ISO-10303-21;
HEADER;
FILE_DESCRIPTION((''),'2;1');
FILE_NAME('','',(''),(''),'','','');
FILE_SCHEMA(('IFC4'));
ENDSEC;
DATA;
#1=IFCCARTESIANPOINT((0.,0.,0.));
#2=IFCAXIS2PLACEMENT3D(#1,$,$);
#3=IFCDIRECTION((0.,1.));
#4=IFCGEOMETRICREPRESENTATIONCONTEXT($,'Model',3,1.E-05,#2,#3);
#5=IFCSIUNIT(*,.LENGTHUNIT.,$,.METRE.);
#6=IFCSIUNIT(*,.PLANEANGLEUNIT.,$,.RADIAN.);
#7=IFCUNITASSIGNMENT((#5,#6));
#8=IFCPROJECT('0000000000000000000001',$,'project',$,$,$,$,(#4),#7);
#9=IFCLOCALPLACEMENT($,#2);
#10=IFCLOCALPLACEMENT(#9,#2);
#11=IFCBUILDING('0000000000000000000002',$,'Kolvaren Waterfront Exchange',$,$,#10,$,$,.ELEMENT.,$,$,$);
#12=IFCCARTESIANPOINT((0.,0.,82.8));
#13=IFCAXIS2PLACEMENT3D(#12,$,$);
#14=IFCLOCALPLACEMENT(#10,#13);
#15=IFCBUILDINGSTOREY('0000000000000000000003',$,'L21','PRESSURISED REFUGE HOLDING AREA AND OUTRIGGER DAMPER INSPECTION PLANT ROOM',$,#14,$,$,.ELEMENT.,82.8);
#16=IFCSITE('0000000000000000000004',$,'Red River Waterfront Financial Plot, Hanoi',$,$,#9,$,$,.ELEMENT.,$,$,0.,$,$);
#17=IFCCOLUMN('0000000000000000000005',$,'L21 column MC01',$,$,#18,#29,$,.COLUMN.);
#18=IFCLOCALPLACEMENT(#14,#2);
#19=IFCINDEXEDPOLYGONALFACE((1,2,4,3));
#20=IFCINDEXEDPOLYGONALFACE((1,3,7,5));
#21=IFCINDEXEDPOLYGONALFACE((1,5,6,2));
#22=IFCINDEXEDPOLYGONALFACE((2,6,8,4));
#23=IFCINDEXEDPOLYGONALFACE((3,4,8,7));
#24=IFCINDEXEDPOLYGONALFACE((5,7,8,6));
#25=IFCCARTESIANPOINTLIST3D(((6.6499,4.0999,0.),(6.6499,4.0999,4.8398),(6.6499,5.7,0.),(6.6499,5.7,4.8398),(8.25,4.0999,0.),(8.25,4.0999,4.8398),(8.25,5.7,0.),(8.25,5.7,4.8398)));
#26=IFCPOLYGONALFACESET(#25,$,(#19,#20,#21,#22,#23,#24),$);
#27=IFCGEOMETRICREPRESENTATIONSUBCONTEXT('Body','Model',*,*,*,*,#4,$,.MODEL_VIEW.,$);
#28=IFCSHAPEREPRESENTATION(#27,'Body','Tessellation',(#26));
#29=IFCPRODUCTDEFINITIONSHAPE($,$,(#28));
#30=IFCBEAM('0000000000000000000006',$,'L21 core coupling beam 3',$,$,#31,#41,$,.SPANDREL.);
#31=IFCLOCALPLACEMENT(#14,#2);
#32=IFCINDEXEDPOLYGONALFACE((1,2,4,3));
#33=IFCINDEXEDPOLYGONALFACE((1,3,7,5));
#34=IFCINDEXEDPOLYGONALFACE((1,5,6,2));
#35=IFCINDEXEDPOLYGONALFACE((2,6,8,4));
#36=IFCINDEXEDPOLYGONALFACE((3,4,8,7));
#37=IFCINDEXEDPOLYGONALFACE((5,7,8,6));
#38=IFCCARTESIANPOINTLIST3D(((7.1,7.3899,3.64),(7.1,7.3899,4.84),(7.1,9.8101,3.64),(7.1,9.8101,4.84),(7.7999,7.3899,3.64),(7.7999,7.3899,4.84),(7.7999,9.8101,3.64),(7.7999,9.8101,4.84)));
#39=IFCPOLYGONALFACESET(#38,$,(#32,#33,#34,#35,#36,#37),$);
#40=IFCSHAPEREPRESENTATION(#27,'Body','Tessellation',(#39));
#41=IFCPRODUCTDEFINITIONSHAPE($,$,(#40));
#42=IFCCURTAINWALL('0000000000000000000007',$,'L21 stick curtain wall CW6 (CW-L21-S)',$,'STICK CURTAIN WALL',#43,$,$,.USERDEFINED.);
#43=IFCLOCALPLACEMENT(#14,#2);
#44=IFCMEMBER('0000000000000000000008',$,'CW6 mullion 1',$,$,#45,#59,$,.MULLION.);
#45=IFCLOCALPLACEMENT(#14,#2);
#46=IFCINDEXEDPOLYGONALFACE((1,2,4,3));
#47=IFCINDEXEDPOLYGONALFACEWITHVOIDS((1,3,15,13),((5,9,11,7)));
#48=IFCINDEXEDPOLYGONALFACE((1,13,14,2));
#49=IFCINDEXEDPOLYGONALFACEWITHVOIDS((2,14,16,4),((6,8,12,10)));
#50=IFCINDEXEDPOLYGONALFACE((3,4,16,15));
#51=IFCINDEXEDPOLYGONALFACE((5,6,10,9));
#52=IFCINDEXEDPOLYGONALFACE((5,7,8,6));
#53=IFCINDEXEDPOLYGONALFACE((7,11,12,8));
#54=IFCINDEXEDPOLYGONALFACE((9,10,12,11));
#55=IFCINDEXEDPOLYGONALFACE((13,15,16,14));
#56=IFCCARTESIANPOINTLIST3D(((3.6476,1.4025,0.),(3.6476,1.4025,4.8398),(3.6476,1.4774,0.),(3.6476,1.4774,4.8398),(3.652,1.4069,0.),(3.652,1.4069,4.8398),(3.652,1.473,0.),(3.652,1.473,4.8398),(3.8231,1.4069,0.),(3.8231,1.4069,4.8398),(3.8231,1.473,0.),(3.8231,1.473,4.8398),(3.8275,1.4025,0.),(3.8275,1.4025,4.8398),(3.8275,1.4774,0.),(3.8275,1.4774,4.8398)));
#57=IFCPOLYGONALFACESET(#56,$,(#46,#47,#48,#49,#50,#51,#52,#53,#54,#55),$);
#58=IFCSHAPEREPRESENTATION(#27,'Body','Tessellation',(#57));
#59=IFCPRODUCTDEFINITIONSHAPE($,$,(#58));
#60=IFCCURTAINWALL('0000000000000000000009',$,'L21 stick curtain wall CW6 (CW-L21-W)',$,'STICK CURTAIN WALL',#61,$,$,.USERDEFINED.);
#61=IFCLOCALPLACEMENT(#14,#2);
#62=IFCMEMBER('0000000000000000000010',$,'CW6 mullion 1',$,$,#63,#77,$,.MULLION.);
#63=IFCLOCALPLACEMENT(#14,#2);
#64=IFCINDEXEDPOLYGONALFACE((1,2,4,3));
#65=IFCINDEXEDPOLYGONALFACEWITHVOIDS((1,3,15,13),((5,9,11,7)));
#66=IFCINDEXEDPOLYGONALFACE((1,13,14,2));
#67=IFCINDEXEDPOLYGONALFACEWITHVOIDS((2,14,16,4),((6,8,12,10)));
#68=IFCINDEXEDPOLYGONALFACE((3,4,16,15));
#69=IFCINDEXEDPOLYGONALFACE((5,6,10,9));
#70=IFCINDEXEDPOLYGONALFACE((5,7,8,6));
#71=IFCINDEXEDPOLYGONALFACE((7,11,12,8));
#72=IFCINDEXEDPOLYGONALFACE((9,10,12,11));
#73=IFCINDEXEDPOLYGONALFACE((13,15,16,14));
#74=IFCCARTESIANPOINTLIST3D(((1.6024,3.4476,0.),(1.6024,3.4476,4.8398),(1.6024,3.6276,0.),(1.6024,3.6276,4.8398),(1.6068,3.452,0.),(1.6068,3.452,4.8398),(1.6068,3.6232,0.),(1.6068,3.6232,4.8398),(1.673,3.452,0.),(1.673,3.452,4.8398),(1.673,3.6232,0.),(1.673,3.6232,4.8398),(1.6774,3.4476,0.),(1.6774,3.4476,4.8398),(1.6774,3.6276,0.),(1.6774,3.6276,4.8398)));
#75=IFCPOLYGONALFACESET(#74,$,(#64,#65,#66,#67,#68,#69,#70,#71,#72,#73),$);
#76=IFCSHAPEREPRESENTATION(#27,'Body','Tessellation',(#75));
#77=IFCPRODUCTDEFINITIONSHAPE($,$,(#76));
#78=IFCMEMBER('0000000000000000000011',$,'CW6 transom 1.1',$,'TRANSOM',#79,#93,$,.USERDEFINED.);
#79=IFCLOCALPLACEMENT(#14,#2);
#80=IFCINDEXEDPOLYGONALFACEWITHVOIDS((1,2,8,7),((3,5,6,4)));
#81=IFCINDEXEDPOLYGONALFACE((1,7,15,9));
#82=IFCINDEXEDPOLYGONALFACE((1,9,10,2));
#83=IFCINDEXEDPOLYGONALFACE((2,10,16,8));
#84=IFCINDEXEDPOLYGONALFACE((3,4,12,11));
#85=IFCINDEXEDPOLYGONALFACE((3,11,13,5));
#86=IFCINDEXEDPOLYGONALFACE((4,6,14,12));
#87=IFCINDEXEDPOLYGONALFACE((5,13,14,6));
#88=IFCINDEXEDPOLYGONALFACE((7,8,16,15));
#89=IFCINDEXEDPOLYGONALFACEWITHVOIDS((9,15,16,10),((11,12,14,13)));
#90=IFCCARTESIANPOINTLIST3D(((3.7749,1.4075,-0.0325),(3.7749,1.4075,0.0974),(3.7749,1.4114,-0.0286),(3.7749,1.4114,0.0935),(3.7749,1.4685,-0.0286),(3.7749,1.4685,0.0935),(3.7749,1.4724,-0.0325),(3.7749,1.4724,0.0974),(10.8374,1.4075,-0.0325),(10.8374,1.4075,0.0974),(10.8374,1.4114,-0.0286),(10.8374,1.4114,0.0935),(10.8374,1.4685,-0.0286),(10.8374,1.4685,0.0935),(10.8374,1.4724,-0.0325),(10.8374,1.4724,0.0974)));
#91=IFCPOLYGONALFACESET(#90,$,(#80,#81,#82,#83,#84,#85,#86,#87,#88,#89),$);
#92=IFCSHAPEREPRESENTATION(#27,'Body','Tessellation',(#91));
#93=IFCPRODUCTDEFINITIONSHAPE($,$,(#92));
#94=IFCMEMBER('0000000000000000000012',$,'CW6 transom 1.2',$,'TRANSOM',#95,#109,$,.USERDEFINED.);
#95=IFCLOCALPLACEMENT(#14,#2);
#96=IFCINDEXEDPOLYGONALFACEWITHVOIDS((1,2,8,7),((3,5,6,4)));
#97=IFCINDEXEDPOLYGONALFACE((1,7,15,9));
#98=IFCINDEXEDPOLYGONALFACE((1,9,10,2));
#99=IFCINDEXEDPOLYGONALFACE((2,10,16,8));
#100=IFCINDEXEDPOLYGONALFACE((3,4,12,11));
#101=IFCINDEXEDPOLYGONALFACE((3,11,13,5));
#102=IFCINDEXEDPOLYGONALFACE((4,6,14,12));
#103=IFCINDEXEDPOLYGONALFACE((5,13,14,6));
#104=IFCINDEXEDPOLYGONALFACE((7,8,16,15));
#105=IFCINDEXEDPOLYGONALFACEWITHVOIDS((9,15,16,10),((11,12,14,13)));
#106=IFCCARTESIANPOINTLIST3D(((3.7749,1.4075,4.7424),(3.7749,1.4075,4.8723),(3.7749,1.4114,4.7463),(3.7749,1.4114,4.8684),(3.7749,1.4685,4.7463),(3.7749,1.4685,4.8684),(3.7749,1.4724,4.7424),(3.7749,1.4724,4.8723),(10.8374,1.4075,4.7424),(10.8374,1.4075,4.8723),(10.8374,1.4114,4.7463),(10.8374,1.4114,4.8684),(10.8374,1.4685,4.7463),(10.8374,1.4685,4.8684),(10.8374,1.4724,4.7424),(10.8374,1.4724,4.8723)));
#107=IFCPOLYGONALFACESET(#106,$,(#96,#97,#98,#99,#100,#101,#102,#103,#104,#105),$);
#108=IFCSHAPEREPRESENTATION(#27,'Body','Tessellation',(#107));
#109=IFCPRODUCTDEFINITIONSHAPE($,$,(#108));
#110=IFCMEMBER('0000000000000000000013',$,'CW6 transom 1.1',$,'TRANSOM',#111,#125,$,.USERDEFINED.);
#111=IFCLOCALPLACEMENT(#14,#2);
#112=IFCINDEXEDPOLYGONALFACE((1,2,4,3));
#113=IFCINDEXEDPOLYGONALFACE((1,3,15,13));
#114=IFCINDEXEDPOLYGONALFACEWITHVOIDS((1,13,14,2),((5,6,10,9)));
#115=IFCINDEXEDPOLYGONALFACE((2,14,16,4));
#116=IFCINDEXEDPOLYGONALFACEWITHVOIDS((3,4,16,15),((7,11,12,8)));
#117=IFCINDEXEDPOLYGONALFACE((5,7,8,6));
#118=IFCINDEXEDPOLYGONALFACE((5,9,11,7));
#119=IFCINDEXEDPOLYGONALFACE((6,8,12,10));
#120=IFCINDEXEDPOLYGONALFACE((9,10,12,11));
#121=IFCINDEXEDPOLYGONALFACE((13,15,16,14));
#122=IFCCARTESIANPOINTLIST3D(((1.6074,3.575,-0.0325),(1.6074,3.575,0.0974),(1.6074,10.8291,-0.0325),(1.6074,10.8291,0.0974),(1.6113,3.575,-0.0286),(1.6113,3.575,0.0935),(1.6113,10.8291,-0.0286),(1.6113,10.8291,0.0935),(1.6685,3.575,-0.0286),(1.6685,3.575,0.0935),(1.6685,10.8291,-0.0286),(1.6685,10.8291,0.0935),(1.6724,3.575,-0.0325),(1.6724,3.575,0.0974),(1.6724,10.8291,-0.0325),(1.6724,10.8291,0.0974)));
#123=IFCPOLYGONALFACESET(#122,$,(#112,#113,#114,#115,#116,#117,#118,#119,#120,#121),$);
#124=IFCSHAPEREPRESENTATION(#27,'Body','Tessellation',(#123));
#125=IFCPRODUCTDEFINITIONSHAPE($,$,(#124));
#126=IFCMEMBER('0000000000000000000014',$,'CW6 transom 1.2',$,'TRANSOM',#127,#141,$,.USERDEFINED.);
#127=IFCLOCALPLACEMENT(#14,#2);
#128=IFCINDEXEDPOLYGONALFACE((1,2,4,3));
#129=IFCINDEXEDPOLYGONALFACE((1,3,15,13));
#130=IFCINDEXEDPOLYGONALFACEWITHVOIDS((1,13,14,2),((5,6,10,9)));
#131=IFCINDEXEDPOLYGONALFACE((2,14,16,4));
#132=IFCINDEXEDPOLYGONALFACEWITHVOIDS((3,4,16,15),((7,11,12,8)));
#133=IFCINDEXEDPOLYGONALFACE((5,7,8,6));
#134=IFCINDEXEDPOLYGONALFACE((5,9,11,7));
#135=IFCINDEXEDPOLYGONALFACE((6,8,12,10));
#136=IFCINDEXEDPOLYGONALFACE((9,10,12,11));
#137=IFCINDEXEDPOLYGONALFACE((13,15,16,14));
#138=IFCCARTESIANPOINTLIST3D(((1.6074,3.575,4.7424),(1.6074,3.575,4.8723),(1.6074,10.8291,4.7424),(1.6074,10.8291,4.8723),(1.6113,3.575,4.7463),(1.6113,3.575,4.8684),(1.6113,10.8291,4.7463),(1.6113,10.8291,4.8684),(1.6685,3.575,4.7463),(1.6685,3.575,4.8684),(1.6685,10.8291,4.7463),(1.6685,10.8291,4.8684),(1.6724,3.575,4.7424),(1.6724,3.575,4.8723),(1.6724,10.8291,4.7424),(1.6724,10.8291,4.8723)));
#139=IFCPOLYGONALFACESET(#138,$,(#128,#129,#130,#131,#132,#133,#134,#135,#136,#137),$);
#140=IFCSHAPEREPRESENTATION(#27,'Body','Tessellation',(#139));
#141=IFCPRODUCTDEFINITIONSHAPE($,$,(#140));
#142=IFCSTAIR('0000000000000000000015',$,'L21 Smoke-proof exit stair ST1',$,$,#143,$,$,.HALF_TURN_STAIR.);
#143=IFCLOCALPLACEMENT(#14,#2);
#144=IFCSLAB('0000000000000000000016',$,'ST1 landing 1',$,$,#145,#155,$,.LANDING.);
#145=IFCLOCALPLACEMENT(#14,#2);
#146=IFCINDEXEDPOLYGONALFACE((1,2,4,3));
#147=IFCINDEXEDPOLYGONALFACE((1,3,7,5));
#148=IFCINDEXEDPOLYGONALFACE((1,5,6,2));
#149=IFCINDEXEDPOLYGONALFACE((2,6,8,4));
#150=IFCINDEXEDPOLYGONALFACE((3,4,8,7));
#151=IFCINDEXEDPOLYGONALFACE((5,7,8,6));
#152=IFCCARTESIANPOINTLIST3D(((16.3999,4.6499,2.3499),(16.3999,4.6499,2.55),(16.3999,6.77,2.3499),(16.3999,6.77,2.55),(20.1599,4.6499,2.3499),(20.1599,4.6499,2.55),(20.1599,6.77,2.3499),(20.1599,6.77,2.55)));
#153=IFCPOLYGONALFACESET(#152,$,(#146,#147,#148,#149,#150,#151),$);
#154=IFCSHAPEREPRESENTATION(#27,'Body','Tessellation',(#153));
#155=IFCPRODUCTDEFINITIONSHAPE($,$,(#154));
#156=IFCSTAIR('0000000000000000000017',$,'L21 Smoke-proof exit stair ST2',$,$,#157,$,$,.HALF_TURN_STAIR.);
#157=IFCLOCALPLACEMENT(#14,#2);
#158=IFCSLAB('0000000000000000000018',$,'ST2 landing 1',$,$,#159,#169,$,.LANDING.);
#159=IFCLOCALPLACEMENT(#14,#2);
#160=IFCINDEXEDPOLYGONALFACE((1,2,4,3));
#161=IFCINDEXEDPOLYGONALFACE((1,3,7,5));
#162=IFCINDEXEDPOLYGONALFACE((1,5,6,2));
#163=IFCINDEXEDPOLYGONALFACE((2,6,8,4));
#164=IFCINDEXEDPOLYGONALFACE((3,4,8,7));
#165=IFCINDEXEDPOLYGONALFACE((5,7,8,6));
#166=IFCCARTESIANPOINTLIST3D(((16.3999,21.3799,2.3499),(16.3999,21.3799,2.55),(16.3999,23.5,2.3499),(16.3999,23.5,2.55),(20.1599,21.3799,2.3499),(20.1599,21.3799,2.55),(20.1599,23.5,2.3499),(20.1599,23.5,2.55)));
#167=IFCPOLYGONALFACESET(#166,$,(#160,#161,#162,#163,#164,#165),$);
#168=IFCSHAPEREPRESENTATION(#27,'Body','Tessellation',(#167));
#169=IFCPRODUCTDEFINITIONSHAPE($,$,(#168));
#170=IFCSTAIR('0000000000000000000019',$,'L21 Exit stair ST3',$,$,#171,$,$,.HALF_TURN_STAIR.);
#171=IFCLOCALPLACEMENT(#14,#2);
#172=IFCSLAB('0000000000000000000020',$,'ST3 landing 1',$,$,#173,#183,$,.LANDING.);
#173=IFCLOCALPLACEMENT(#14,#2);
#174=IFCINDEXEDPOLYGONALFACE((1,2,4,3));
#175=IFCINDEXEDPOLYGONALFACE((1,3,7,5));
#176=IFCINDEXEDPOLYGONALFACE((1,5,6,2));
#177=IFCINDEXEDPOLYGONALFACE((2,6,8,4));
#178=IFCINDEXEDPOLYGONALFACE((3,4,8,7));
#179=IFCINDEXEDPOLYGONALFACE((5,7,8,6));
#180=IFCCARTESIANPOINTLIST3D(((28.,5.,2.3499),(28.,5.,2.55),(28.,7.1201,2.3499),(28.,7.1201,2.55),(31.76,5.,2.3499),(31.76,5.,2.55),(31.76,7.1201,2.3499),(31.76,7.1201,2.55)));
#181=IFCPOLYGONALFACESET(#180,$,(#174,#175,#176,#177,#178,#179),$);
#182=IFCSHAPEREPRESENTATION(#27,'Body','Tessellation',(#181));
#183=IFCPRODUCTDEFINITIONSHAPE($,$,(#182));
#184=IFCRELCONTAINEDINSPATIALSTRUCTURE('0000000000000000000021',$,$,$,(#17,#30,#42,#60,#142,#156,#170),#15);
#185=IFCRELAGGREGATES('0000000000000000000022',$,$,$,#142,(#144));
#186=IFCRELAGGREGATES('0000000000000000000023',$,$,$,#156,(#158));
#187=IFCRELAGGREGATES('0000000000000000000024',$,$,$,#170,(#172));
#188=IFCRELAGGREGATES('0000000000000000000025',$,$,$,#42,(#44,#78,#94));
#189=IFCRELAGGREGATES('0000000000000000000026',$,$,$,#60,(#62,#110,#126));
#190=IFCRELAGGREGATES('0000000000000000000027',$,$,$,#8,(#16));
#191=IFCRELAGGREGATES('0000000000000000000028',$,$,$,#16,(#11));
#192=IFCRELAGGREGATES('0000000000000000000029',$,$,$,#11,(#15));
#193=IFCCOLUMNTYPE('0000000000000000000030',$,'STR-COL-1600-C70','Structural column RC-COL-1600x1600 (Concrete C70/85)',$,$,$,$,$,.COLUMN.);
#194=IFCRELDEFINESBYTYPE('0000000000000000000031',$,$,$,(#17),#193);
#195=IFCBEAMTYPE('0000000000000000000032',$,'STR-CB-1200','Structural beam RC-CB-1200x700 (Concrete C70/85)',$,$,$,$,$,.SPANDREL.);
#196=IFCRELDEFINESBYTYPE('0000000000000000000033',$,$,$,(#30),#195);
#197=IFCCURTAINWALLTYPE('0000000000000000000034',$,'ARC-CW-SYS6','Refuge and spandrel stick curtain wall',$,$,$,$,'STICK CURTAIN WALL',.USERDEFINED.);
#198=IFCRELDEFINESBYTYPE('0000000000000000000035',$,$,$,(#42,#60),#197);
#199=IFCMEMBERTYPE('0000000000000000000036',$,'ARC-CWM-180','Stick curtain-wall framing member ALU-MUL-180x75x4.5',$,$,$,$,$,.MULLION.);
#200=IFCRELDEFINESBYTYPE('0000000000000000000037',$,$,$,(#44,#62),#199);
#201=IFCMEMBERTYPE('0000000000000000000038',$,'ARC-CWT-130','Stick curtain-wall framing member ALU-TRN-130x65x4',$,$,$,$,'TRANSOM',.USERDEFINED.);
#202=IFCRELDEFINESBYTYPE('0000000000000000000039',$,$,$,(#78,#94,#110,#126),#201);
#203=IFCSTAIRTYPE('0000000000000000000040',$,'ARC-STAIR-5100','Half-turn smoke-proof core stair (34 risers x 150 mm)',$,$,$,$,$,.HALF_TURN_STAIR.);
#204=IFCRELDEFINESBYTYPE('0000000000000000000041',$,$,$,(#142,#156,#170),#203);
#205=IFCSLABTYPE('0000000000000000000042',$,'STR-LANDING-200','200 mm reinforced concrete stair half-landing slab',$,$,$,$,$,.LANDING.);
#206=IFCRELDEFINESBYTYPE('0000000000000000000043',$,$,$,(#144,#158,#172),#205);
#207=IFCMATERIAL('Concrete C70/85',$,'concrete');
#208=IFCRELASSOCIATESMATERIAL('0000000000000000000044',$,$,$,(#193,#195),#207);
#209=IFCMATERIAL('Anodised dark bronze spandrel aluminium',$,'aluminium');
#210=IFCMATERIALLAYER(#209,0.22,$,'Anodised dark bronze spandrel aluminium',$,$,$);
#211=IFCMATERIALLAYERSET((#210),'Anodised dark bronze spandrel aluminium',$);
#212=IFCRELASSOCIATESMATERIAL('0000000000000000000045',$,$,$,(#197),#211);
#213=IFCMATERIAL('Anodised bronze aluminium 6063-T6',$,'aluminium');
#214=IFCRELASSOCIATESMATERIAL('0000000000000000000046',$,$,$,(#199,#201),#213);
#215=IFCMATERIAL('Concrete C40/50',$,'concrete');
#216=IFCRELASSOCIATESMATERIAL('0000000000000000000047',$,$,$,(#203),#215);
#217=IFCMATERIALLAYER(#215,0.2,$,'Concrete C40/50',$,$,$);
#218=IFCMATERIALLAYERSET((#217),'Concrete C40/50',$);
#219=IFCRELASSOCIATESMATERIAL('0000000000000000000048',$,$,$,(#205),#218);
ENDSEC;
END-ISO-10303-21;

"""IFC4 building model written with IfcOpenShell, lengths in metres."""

from ifc_helpers import new_model, si_unit, direction, frame, origin, origin_with_axes, origin_2d, place, context, subcontext, project, spatial, polyline, rectangle, hollow_rectangle, outline, extrude, source, transform, mapped, material, layer, layer_set, material_profile, profile_set, type_object, element, aggregate, save


model = new_model("IFC4")

# Units and contexts
model_context = context("Model", 3, precision=1e-05, world=origin(), true_north=direction((0.0, 1.0)))
body_context = subcontext(model_context, "Body", "Model", "MODEL_VIEW")
ifc_project = project(units=[si_unit("LENGTHUNIT", "METRE"), si_unit("PLANEANGLEUNIT", "RADIAN")], contexts=[model_context])

# Site, building, storey
site_placement = place(None, origin())
site = spatial("IfcSite", under=ifc_project, at=site_placement, Name="Red River Waterfront Financial Plot, Hanoi", CompositionType="ELEMENT", RefElevation=0.0)
building_placement = place(site_placement, origin())
building = spatial("IfcBuilding", under=site, at=building_placement, Name="Kolvaren Waterfront Exchange", CompositionType="ELEMENT")
storey_placement = place(building_placement, frame((0.0, 0.0, 82.8)))
storey = spatial("IfcBuildingStorey", under=building, at=storey_placement, Name="L21", Description="PRESSURISED REFUGE HOLDING AREA AND OUTRIGGER DAMPER INSPECTION PLANT ROOM", CompositionType="ELEMENT", Elevation=82.8)

# Column
ifc_material_1 = material(Name="Concrete C70/85", Category="concrete")
ifc_material_profile_1 = material_profile(ifc_material_1, rectangle(XDim=1.6001, YDim=1.6001, at=origin_2d()), Name="RC-COL-1600x1600")
ifc_profile_set_1 = profile_set([ifc_material_profile_1], Name="Concrete C70/85")
column_type = type_object("IfcColumnType", Name="STR-COL-1600-C70", Description="Structural column RC-COL-1600x1600 (Concrete C70/85)", PredefinedType="COLUMN", material=ifc_profile_set_1)
column_placement = place(storey_placement, frame((7.45, 4.8999, 0.0), z_axis=(0.0, 0.0, 1.0), x_axis=(1.0, 0.0, 0.0)))
element("IfcColumn", 1, at=column_placement, inside=storey, type_object=column_type, Name="L21 column MC01", PredefinedType="COLUMN", context=body_context, shape_type="SweptSolid", body=[
    extrude(rectangle(XDim=1.6001, YDim=1.6001, at=origin_2d()), origin(), (0.0, 0.0, 1.0), 4.8398),
])

# Beam
ifc_material_profile_2 = material_profile(ifc_material_1, rectangle(XDim=0.7, YDim=1.2, at=origin_2d()), Name="RC-CB-1200x700")
ifc_profile_set_2 = profile_set([ifc_material_profile_2], Name="Concrete C70/85")
beam_type = type_object("IfcBeamType", Name="STR-CB-1200", Description="Structural beam RC-CB-1200x700 (Concrete C70/85)", PredefinedType="SPANDREL", material=ifc_profile_set_2)
beam_placement = place(storey_placement, frame((7.45, 7.3899, 4.24), z_axis=(0.0, 1.0, 0.0), x_axis=(-1.0, 0.0, 0.0)))
element("IfcBeam", 2, at=beam_placement, inside=storey, type_object=beam_type, Name="L21 core coupling beam 3", PredefinedType="SPANDREL", context=body_context, shape_type="SweptSolid", body=[
    extrude(rectangle(XDim=0.7, YDim=1.2, at=origin_2d()), origin(), (0.0, 0.0, 1.0), 2.4202),
])

# Curtain walls, members
ifc_material_2 = material(Name="Anodised dark bronze spandrel aluminium", Category="aluminium")
ifc_layer_1 = layer(ifc_material_2, 0.22, Name="Anodised dark bronze spandrel aluminium")
ifc_layer_set_1 = layer_set([ifc_layer_1], Name="Anodised dark bronze spandrel aluminium")
curtain_wall_type = type_object("IfcCurtainWallType", Name="ARC-CW-SYS6", Description="Refuge and spandrel stick curtain wall", ElementType="STICK CURTAIN WALL", PredefinedType="USERDEFINED", material=ifc_layer_set_1)
curtain_wall_1_placement = place(storey_placement, origin())
curtain_wall_1 = element("IfcCurtainWall", 3, at=curtain_wall_1_placement, inside=storey, type_object=curtain_wall_type, Name="L21 stick curtain wall CW6 (CW-L21-S)", ObjectType="STICK CURTAIN WALL", PredefinedType="USERDEFINED")
ifc_material_3 = material(Name="Anodised bronze aluminium 6063-T6", Category="aluminium")
ifc_material_profile_3 = material_profile(ifc_material_3, hollow_rectangle(XDim=0.075, YDim=0.1799, WallThickness=0.0044, at=origin_2d()), Name="ALU-MUL-180x75x4.5")
ifc_profile_set_3 = profile_set([ifc_material_profile_3], Name="Anodised bronze aluminium 6063-T6")
member_type_1 = type_object("IfcMemberType", Name="ARC-CWM-180", Description="Stick curtain-wall framing member ALU-MUL-180x75x4.5", PredefinedType="MULLION", material=ifc_profile_set_3)
shared_shape_1 = source(origin_with_axes(), body_context, "Body", "SweptSolid", [
    extrude(hollow_rectangle(XDim=0.075, YDim=0.1799, WallThickness=0.0044, at=origin_2d()), origin(), (0.0, 0.0, 1.0), 4.8398),
])
member_1_placement = place(storey_placement, frame((3.7375, 1.4399, 0.0), z_axis=(0.0, 0.0, 1.0), x_axis=(0.0, 1.0, 0.0)))
member_1 = element("IfcMember", 4, at=member_1_placement, type_object=member_type_1, Name="CW6 mullion 1", PredefinedType="MULLION", context=body_context, shape_type="MappedRepresentation", body=[
    mapped(shared_shape_1, transform((0.0, 0.0, 0.0), x_axis=(1.0, 0.0, 0.0), y_axis=(0.0, 1.0, 0.0), z_axis=(0.0, 0.0, 1.0), scale=1.0)),
])
curtain_wall_2_placement = place(storey_placement, origin())
curtain_wall_2 = element("IfcCurtainWall", 5, at=curtain_wall_2_placement, inside=storey, type_object=curtain_wall_type, Name="L21 stick curtain wall CW6 (CW-L21-W)", ObjectType="STICK CURTAIN WALL", PredefinedType="USERDEFINED")
member_2_placement = place(storey_placement, frame((1.6399, 3.5376, 0.0), z_axis=(0.0, 0.0, 1.0), x_axis=(-1.0, 0.0, 0.0)))
member_2 = element("IfcMember", 6, at=member_2_placement, type_object=member_type_1, Name="CW6 mullion 1", PredefinedType="MULLION", context=body_context, shape_type="MappedRepresentation", body=[
    mapped(shared_shape_1, transform((0.0, 0.0, 0.0), x_axis=(1.0, 0.0, 0.0), y_axis=(0.0, 1.0, 0.0), z_axis=(0.0, 0.0, 1.0), scale=1.0)),
])

# Members
ifc_material_profile_4 = material_profile(ifc_material_3, hollow_rectangle(XDim=0.0649, YDim=0.1299, WallThickness=0.0039, at=origin_2d()), Name="ALU-TRN-130x65x4")
ifc_profile_set_4 = profile_set([ifc_material_profile_4], Name="Anodised bronze aluminium 6063-T6")
member_type_2 = type_object("IfcMemberType", Name="ARC-CWT-130", Description="Stick curtain-wall framing member ALU-TRN-130x65x4", ElementType="TRANSOM", PredefinedType="USERDEFINED", material=ifc_profile_set_4)
shared_shape_2 = source(origin_with_axes(), body_context, "Body", "SweptSolid", [
    extrude(hollow_rectangle(XDim=0.0649, YDim=0.1299, WallThickness=0.0039, at=origin_2d()), origin(), (0.0, 0.0, 1.0), 7.0625),
])
member_3_placement = place(storey_placement, frame((3.7749, 1.4399, 0.0325), z_axis=(1.0, 0.0, 0.0), x_axis=(0.0, 1.0, 0.0)))
member_3 = element("IfcMember", 7, at=member_3_placement, type_object=member_type_2, Name="CW6 transom 1.1", ObjectType="TRANSOM", PredefinedType="USERDEFINED", context=body_context, shape_type="MappedRepresentation", body=[
    mapped(shared_shape_2, transform((0.0, 0.0, 0.0), x_axis=(1.0, 0.0, 0.0), y_axis=(0.0, 1.0, 0.0), z_axis=(0.0, 0.0, 1.0), scale=1.0)),
])
member_4_placement = place(storey_placement, frame((3.7749, 1.4399, 4.8074), z_axis=(1.0, 0.0, 0.0), x_axis=(0.0, 1.0, 0.0)))
member_4 = element("IfcMember", 8, at=member_4_placement, type_object=member_type_2, Name="CW6 transom 1.2", ObjectType="TRANSOM", PredefinedType="USERDEFINED", context=body_context, shape_type="MappedRepresentation", body=[
    mapped(shared_shape_2, transform((0.0, 0.0, 0.0), x_axis=(1.0, 0.0, 0.0), y_axis=(0.0, 1.0, 0.0), z_axis=(0.0, 0.0, 1.0), scale=1.0)),
])
shared_shape_3 = source(origin_with_axes(), body_context, "Body", "SweptSolid", [
    extrude(hollow_rectangle(XDim=0.0649, YDim=0.1299, WallThickness=0.0039, at=origin_2d()), origin(), (0.0, 0.0, 1.0), 7.2542),
])
member_5_placement = place(storey_placement, frame((1.6399, 3.575, 0.0325), z_axis=(0.0, 1.0, 0.0), x_axis=(-1.0, 0.0, 0.0)))
member_5 = element("IfcMember", 9, at=member_5_placement, type_object=member_type_2, Name="CW6 transom 1.1", ObjectType="TRANSOM", PredefinedType="USERDEFINED", context=body_context, shape_type="MappedRepresentation", body=[
    mapped(shared_shape_3, transform((0.0, 0.0, 0.0), x_axis=(1.0, 0.0, 0.0), y_axis=(0.0, 1.0, 0.0), z_axis=(0.0, 0.0, 1.0), scale=1.0)),
])
member_6_placement = place(storey_placement, frame((1.6399, 3.575, 4.8074), z_axis=(0.0, 1.0, 0.0), x_axis=(-1.0, 0.0, 0.0)))
member_6 = element("IfcMember", 10, at=member_6_placement, type_object=member_type_2, Name="CW6 transom 1.2", ObjectType="TRANSOM", PredefinedType="USERDEFINED", context=body_context, shape_type="MappedRepresentation", body=[
    mapped(shared_shape_3, transform((0.0, 0.0, 0.0), x_axis=(1.0, 0.0, 0.0), y_axis=(0.0, 1.0, 0.0), z_axis=(0.0, 0.0, 1.0), scale=1.0)),
])

# Stairs, slabs
ifc_material_4 = material(Name="Concrete C40/50", Category="concrete")
stair_type = type_object("IfcStairType", Name="ARC-STAIR-5100", Description="Half-turn smoke-proof core stair (34 risers x 150 mm)", PredefinedType="HALF_TURN_STAIR", material=ifc_material_4)
stair_1_placement = place(storey_placement, origin())
stair_1 = element("IfcStair", 11, at=stair_1_placement, inside=storey, type_object=stair_type, Name="L21 Smoke-proof exit stair ST1", PredefinedType="HALF_TURN_STAIR")
ifc_layer_2 = layer(ifc_material_4, 0.2, Name="Concrete C40/50")
ifc_layer_set_2 = layer_set([ifc_layer_2], Name="Concrete C40/50")
slab_type_1 = type_object("IfcSlabType", Name="STR-LANDING-200", Description="200 mm reinforced concrete stair half-landing slab", PredefinedType="LANDING", material=ifc_layer_set_2)
slab_1_placement = place(storey_placement, frame((0.0, 0.0, 2.3499)))
slab_1 = element("IfcSlab", 12, at=slab_1_placement, type_object=slab_type_1, Name="ST1 landing 1", PredefinedType="LANDING", context=body_context, shape_type="SweptSolid", body=[
    extrude(outline(polyline([(16.3999, 6.77), (16.3999, 4.6499), (20.1599, 4.6499), (20.1599, 6.77), (16.3999, 6.77)])), origin(), (0.0, 0.0, 1.0), 0.2002),
])
aggregate(stair_1, [slab_1])
stair_2_placement = place(storey_placement, origin())
stair_2 = element("IfcStair", 13, at=stair_2_placement, inside=storey, type_object=stair_type, Name="L21 Smoke-proof exit stair ST2", PredefinedType="HALF_TURN_STAIR")
slab_2_placement = place(storey_placement, frame((0.0, 0.0, 2.3499)))
slab_2 = element("IfcSlab", 14, at=slab_2_placement, type_object=slab_type_1, Name="ST2 landing 1", PredefinedType="LANDING", context=body_context, shape_type="SweptSolid", body=[
    extrude(outline(polyline([(20.1599, 21.3799), (20.1599, 23.5), (16.3999, 23.5), (16.3999, 21.3799), (20.1599, 21.3799)])), origin(), (0.0, 0.0, 1.0), 0.2002),
])
aggregate(stair_2, [slab_2])
stair_3_placement = place(storey_placement, origin())
stair_3 = element("IfcStair", 15, at=stair_3_placement, inside=storey, type_object=stair_type, Name="L21 Exit stair ST3", PredefinedType="HALF_TURN_STAIR")
slab_3_placement = place(storey_placement, frame((0.0, 0.0, 2.3499)))
slab_3 = element("IfcSlab", 16, at=slab_3_placement, type_object=slab_type_1, Name="ST3 landing 1", PredefinedType="LANDING", context=body_context, shape_type="SweptSolid", body=[
    extrude(outline(polyline([(28.0, 7.1201), (28.0, 5.0), (31.76, 5.0), (31.76, 7.1201), (28.0, 7.1201)])), origin(), (0.0, 0.0, 1.0), 0.2002),
])
aggregate(stair_3, [slab_3])

aggregate(curtain_wall_1, [member_1, member_3, member_4])
aggregate(curtain_wall_2, [member_2, member_5, member_6])

save(model, "model.ifc")
